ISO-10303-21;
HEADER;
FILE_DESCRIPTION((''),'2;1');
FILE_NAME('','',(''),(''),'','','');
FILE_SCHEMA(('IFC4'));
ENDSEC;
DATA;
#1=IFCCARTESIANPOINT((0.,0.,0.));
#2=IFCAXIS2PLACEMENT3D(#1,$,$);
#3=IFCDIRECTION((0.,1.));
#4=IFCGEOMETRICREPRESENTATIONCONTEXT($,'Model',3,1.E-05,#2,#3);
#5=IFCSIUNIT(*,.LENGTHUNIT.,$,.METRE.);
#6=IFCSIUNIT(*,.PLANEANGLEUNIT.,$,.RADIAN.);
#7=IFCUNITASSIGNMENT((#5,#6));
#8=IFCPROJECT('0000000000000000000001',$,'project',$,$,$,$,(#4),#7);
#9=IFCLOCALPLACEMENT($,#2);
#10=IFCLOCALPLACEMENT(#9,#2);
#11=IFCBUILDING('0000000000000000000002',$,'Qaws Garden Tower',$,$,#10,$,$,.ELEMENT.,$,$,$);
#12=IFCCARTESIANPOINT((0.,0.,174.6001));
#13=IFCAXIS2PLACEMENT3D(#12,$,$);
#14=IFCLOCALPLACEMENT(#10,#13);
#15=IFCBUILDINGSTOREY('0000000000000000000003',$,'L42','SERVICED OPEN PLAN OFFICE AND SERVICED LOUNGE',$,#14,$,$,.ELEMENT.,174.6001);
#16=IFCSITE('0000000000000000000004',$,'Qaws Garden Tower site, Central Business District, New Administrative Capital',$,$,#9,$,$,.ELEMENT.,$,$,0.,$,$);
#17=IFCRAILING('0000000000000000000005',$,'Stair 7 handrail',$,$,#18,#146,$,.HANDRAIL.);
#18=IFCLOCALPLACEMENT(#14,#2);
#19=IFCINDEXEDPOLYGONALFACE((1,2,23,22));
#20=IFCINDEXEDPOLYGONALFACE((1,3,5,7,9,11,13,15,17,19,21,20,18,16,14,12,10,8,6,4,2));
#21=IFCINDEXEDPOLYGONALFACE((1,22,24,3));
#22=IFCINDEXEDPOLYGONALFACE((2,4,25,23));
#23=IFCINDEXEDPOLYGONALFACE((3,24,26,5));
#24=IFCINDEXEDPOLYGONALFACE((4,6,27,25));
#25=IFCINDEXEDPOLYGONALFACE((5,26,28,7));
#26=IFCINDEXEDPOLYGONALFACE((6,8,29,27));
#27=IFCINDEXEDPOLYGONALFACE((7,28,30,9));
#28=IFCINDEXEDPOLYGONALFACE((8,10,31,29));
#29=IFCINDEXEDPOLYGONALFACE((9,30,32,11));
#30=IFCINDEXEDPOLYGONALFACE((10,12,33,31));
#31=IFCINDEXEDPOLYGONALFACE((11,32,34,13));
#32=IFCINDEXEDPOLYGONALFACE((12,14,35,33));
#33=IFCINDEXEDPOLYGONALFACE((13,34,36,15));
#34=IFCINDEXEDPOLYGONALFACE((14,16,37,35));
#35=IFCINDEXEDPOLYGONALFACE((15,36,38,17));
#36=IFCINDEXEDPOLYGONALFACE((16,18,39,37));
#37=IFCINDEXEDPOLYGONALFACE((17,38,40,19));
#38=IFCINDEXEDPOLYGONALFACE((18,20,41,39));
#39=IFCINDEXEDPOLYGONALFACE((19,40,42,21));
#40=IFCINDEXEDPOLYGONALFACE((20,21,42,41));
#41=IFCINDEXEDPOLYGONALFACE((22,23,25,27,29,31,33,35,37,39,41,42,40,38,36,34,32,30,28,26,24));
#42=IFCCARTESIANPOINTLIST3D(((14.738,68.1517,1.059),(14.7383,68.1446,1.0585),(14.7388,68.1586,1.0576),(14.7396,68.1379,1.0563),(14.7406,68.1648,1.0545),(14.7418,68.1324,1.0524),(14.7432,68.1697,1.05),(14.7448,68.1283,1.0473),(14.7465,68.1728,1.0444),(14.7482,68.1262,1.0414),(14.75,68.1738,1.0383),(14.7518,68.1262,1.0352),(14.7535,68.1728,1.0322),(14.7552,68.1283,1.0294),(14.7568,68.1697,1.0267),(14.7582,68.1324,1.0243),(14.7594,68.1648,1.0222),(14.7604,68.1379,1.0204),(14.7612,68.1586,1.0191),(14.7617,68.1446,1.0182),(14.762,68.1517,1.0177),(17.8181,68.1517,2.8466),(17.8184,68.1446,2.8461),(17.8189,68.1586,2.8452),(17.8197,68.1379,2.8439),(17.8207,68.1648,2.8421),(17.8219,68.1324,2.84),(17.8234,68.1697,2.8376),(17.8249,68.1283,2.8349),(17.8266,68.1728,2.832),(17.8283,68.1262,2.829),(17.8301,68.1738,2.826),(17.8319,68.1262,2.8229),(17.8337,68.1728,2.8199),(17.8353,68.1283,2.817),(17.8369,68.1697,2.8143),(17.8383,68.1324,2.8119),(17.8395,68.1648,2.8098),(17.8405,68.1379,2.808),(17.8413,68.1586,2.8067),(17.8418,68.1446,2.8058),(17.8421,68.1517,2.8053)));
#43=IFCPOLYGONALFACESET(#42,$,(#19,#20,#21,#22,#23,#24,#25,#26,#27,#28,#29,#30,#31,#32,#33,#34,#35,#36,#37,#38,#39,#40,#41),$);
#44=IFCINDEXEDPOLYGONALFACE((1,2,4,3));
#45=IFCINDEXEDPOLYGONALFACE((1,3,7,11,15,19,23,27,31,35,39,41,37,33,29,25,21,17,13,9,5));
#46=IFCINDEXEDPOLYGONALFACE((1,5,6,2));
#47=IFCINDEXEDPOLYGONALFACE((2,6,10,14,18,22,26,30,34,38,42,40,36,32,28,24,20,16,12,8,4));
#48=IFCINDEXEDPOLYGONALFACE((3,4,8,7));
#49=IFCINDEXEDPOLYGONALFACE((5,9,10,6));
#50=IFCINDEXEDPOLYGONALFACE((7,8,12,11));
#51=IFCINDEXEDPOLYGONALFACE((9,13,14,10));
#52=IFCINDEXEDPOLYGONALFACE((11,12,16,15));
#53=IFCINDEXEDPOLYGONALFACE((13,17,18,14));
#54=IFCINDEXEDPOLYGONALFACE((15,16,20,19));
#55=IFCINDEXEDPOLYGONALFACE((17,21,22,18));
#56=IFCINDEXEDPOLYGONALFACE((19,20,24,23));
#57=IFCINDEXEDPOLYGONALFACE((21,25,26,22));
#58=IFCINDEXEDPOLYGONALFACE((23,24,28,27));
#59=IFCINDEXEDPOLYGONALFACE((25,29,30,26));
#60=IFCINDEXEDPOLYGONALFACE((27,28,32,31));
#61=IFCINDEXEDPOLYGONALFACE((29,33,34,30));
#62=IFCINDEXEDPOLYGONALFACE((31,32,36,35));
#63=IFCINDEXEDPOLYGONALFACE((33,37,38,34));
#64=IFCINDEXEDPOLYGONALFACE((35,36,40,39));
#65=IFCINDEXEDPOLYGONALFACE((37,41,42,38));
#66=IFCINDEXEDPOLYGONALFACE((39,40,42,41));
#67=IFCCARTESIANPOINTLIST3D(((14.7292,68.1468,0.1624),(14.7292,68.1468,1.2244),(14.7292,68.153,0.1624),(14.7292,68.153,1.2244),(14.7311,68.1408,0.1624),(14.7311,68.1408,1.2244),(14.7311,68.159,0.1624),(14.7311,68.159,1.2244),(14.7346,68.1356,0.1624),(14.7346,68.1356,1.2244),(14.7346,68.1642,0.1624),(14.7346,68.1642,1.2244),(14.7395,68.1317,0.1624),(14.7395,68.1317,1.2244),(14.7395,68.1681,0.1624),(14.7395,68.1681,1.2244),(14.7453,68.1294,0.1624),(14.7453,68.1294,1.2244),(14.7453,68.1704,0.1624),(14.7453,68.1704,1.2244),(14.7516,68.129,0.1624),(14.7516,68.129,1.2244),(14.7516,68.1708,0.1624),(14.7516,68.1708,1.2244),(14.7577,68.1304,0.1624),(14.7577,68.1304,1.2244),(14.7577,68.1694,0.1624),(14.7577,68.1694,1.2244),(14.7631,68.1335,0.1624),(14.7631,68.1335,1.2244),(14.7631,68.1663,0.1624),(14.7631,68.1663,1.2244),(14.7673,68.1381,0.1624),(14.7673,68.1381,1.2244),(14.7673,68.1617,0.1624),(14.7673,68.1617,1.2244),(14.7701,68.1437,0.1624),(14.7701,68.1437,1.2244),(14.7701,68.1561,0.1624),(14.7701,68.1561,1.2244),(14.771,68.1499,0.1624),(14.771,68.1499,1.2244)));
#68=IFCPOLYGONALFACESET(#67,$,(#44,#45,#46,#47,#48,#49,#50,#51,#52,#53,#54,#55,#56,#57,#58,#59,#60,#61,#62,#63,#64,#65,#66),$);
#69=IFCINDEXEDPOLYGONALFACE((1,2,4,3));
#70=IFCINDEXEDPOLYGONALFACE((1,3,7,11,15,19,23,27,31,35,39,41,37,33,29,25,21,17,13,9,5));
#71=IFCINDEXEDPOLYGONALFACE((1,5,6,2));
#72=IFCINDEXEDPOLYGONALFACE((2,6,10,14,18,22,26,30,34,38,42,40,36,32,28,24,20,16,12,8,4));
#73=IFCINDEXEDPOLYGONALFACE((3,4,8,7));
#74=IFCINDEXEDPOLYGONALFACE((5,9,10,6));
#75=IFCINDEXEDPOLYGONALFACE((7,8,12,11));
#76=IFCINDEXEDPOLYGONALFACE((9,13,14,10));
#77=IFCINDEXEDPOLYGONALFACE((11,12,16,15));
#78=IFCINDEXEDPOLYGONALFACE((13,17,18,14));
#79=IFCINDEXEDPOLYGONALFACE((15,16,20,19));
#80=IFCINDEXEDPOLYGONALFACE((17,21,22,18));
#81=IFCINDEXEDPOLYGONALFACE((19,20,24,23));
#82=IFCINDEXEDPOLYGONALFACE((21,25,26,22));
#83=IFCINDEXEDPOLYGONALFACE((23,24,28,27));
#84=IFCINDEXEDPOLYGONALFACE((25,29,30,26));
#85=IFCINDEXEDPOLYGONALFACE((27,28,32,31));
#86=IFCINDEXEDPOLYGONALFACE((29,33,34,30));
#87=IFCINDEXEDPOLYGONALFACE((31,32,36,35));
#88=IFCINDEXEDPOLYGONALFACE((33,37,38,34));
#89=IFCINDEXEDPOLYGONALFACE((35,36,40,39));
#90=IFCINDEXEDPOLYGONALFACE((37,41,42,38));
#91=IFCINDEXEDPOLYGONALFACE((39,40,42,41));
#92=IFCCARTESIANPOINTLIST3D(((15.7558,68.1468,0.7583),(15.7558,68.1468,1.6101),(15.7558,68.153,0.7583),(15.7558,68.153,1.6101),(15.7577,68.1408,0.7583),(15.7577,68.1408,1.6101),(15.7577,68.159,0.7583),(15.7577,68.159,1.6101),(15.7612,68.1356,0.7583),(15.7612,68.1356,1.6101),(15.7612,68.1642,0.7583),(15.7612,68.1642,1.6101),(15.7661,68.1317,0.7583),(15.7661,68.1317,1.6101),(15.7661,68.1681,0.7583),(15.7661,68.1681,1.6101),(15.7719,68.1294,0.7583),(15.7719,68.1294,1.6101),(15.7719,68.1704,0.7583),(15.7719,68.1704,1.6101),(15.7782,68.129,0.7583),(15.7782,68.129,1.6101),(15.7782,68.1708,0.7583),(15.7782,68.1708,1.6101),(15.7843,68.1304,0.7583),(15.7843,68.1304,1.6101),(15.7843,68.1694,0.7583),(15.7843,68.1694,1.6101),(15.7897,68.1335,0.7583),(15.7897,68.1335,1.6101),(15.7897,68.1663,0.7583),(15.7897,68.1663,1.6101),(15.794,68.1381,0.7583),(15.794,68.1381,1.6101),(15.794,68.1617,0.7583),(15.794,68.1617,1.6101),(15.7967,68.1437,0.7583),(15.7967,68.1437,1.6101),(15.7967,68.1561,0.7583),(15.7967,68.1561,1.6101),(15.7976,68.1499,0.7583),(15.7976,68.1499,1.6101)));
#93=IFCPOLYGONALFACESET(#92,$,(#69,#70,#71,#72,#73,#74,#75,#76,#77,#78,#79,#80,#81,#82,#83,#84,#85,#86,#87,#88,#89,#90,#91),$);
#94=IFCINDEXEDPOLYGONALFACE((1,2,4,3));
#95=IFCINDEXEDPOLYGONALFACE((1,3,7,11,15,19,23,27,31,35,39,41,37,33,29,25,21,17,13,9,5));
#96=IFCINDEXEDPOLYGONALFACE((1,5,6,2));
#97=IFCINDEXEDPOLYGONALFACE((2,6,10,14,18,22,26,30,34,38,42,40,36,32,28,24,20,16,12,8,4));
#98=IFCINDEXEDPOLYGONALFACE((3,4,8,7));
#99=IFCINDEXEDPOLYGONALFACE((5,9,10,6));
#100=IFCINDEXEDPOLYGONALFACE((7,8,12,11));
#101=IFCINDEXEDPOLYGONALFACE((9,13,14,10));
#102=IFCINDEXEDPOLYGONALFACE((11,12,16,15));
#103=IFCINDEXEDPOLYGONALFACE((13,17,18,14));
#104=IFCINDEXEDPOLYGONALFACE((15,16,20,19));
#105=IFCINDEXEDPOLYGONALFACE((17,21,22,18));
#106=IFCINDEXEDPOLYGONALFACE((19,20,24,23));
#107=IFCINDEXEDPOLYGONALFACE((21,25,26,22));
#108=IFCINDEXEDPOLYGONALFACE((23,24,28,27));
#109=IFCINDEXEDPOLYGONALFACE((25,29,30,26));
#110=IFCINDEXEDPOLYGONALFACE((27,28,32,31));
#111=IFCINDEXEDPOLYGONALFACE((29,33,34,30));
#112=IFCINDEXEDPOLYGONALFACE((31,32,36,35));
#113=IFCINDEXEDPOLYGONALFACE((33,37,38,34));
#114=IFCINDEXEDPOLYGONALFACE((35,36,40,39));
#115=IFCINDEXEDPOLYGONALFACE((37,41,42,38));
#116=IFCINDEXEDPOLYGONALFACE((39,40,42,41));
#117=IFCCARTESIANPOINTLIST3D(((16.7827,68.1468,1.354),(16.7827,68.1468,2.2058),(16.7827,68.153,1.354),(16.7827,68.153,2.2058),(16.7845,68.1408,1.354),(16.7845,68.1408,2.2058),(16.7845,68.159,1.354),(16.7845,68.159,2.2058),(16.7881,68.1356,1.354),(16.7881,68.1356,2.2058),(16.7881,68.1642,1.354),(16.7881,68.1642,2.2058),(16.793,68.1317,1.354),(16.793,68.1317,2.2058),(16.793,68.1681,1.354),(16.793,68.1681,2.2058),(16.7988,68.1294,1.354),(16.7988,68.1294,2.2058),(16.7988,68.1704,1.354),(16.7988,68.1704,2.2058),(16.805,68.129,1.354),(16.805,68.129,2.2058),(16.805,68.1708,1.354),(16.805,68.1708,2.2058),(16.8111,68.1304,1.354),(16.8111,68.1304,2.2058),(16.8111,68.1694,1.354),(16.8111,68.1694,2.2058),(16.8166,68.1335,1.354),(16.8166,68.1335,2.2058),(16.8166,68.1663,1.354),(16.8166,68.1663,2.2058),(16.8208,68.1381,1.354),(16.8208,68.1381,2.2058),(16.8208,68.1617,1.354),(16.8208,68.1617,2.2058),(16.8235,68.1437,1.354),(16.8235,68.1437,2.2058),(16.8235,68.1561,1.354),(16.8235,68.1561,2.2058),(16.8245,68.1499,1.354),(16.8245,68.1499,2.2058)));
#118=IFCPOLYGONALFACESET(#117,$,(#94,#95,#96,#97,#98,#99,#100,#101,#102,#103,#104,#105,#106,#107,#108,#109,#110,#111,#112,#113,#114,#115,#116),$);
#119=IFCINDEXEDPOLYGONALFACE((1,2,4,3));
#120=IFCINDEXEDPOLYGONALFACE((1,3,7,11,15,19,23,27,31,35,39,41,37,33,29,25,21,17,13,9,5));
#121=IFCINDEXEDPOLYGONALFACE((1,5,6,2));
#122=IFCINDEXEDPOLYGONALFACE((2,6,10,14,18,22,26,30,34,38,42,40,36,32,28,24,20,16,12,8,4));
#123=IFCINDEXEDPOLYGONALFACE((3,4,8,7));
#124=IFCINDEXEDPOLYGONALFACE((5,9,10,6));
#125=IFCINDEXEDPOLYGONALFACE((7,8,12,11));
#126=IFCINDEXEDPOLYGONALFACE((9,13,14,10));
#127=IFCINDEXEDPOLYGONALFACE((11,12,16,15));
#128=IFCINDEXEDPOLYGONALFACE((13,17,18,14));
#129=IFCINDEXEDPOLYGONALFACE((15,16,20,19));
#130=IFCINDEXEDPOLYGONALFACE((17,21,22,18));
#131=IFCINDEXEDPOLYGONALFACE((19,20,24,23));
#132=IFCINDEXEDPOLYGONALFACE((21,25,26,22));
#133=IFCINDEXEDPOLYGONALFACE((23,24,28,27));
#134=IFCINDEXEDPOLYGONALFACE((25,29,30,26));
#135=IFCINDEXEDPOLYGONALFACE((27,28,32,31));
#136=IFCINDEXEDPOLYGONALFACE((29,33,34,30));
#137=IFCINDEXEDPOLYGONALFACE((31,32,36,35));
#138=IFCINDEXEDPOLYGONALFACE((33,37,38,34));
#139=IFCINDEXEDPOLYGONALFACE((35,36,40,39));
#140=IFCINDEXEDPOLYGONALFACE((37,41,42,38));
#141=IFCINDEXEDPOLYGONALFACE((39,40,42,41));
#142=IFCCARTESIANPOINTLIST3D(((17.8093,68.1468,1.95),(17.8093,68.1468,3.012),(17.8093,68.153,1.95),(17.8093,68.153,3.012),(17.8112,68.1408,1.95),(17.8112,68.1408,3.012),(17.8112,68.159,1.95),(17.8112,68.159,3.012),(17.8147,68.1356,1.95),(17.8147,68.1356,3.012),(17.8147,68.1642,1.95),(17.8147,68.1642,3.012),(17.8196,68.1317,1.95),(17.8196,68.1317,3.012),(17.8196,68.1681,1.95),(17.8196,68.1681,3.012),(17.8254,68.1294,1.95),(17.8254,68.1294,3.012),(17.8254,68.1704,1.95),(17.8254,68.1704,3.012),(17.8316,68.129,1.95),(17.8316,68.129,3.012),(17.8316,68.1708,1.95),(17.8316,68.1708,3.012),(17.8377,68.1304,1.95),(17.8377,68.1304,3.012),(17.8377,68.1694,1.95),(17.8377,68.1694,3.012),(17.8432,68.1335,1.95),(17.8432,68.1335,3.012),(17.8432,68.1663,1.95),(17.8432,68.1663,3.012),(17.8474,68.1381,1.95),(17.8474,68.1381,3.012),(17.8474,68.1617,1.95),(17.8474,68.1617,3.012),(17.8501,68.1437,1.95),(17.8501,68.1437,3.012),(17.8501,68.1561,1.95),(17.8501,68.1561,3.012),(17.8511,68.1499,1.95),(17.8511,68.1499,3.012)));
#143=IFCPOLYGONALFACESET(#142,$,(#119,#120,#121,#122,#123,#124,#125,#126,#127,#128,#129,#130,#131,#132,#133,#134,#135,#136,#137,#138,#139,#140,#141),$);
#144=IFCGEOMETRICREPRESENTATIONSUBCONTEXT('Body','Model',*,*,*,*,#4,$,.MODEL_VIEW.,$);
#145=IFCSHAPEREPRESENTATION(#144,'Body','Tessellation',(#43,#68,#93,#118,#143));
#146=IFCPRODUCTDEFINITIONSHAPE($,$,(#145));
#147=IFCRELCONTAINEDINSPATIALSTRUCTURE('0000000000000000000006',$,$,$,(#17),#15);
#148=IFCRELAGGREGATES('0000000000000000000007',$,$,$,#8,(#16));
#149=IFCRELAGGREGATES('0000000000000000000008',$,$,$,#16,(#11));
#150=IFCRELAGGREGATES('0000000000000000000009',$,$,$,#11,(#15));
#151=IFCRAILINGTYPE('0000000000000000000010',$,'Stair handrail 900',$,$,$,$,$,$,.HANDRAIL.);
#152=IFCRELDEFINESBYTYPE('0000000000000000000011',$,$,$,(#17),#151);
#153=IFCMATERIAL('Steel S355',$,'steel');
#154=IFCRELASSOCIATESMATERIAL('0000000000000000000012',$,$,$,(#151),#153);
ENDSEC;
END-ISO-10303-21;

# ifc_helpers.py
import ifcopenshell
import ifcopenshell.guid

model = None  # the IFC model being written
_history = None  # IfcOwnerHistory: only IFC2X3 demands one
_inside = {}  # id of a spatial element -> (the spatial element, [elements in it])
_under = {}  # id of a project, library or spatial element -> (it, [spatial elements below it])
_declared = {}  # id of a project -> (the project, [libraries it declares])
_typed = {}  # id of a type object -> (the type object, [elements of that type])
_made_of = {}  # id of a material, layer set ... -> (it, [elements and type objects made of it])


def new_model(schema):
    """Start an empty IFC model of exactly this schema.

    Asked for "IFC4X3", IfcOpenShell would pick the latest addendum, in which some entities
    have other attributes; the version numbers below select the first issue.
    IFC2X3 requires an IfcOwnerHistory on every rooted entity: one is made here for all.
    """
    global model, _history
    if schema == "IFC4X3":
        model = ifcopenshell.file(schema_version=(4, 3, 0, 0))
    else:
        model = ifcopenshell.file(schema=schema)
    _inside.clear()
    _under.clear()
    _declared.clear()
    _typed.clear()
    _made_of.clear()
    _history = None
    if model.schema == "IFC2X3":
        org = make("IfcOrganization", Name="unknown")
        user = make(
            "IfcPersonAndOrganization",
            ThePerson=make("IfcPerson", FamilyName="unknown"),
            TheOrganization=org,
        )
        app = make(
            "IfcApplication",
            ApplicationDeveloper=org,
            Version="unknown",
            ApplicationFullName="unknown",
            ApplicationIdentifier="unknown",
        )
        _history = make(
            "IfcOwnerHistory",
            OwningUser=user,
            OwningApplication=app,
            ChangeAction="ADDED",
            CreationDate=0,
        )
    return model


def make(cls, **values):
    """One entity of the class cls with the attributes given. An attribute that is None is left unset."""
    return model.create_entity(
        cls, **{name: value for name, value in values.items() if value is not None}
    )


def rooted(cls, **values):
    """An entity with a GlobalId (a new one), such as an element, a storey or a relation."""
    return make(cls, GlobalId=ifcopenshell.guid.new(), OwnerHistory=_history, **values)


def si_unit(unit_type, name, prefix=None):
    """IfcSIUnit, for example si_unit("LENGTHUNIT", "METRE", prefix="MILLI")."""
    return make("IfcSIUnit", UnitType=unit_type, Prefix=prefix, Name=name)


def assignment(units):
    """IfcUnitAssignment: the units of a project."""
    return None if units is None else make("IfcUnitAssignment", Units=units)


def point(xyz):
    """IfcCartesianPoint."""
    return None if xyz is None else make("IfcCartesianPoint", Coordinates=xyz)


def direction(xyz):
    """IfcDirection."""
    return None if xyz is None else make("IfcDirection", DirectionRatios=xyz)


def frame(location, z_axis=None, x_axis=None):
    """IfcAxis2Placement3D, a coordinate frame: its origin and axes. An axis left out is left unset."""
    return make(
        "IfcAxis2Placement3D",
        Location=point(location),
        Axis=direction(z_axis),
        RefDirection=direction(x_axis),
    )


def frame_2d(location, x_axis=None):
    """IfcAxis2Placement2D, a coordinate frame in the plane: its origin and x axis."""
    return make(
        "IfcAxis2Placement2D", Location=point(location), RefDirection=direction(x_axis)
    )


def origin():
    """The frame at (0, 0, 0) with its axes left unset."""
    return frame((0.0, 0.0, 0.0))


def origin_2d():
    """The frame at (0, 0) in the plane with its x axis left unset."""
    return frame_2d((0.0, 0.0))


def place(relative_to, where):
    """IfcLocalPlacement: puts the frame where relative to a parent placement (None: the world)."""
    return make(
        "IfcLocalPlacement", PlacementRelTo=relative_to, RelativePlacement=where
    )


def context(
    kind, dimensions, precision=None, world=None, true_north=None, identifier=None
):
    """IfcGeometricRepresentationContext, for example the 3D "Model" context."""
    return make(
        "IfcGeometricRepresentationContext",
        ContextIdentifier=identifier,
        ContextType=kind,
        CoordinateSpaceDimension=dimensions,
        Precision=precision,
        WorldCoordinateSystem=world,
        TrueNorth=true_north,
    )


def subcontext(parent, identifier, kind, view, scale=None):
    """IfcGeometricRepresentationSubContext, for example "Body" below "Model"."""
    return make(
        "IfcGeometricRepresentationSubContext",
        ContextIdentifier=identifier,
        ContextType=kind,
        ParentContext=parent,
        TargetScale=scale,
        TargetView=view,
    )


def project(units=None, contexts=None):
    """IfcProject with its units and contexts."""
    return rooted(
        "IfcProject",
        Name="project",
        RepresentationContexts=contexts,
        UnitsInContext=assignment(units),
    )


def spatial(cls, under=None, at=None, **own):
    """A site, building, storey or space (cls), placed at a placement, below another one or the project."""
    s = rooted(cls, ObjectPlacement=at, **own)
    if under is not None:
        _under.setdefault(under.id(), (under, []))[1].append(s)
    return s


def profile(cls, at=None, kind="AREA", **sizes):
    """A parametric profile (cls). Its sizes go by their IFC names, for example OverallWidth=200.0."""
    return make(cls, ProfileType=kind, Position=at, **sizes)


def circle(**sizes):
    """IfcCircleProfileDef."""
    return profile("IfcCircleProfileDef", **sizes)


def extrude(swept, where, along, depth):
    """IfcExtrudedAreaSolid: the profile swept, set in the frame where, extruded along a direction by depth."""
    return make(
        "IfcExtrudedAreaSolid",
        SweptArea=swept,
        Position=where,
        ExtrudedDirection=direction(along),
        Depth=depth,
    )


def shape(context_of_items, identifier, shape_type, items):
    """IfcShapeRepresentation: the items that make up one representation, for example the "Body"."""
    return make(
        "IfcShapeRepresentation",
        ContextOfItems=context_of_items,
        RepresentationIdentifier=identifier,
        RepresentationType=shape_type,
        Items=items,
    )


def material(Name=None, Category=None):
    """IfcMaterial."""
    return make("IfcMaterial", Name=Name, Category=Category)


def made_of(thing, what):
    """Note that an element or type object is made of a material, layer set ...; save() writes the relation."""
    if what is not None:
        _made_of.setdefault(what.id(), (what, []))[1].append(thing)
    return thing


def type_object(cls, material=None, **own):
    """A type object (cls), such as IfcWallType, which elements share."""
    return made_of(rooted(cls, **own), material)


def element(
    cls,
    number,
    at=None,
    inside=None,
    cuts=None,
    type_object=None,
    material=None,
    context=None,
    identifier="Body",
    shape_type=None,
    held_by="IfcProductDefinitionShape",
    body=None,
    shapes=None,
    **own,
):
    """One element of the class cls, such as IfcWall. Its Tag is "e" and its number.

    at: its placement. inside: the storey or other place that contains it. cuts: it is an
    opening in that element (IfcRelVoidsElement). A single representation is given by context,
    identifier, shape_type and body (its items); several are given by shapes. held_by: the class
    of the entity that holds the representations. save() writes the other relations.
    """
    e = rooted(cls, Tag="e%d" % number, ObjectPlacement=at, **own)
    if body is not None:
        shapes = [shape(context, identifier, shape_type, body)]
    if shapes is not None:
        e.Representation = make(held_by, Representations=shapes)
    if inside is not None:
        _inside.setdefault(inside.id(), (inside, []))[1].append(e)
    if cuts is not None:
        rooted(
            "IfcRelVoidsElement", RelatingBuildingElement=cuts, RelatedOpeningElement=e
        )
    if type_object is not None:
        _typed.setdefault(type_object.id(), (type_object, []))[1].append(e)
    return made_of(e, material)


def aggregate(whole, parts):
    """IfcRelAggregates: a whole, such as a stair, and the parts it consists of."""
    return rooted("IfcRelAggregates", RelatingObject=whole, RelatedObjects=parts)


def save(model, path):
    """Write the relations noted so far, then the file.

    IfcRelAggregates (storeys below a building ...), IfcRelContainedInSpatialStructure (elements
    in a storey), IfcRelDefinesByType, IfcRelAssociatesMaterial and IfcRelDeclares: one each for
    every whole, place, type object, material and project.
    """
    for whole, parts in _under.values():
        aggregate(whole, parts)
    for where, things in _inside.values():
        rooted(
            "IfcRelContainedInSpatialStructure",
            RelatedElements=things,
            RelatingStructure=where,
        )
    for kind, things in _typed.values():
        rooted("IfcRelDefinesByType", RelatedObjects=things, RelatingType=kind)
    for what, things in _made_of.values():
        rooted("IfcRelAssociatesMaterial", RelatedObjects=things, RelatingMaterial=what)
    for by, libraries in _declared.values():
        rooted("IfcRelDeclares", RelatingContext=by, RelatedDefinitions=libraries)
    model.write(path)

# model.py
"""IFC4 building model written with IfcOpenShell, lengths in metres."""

from ifc_helpers import new_model, si_unit, direction, frame, origin, origin_2d, place, context, subcontext, project, spatial, circle, extrude, material, type_object, element, save


model = new_model("IFC4")

# Units and contexts
model_context = context("Model", 3, precision=1e-05, world=origin(), true_north=direction((0.0, 1.0)))
body_context = subcontext(model_context, "Body", "Model", "MODEL_VIEW")
ifc_project = project(units=[si_unit("LENGTHUNIT", "METRE"), si_unit("PLANEANGLEUNIT", "RADIAN")], contexts=[model_context])

# Site, building, storey
site_placement = place(None, origin())
site = spatial("IfcSite", under=ifc_project, at=site_placement, Name="Qaws Garden Tower site, Central Business District, New Administrative Capital", CompositionType="ELEMENT", RefElevation=0.0)
building_placement = place(site_placement, origin())
building = spatial("IfcBuilding", under=site, at=building_placement, Name="Qaws Garden Tower", CompositionType="ELEMENT")
storey_placement = place(building_placement, frame((0.0, 0.0, 174.6001)))
storey = spatial("IfcBuildingStorey", under=building, at=storey_placement, Name="L42", Description="SERVICED OPEN PLAN OFFICE AND SERVICED LOUNGE", CompositionType="ELEMENT", Elevation=174.6001)

# Railing
ifc_material_1 = material(Name="Steel S355", Category="steel")
railing_type = type_object("IfcRailingType", Name="Stair handrail 900", PredefinedType="HANDRAIL", material=ifc_material_1)
railing_1_placement = place(storey_placement, frame((14.75, 68.1499, 0.1624)))
element("IfcRailing", 1, at=railing_1_placement, inside=storey, type_object=railing_type, Name="Stair 7 handrail", PredefinedType="HANDRAIL", context=body_context, shape_type="SweptSolid", body=[
    extrude(circle(Radius=0.0239, at=origin_2d()), frame((0.0, 0.0, 0.876), z_axis=(0.864891, 0.0, 0.50196), x_axis=(0.0, 1.0, 0.0)), (0.0, 0.0, 1.0), 3.5613),
    extrude(circle(Radius=0.021, at=origin_2d()), origin(), (0.0, 0.0, 1.0), 1.062),
    extrude(circle(Radius=0.021, at=origin_2d()), frame((1.0266, 0.0, 0.5959)), (0.0, 0.0, 1.0), 0.8518),
    extrude(circle(Radius=0.021, at=origin_2d()), frame((2.0535, 0.0, 1.1917)), (0.0, 0.0, 1.0), 0.8518),
    extrude(circle(Radius=0.021, at=origin_2d()), frame((3.0801, 0.0, 1.7876)), (0.0, 0.0, 1.0), 1.062),
])

save(model, "model.ifc")
